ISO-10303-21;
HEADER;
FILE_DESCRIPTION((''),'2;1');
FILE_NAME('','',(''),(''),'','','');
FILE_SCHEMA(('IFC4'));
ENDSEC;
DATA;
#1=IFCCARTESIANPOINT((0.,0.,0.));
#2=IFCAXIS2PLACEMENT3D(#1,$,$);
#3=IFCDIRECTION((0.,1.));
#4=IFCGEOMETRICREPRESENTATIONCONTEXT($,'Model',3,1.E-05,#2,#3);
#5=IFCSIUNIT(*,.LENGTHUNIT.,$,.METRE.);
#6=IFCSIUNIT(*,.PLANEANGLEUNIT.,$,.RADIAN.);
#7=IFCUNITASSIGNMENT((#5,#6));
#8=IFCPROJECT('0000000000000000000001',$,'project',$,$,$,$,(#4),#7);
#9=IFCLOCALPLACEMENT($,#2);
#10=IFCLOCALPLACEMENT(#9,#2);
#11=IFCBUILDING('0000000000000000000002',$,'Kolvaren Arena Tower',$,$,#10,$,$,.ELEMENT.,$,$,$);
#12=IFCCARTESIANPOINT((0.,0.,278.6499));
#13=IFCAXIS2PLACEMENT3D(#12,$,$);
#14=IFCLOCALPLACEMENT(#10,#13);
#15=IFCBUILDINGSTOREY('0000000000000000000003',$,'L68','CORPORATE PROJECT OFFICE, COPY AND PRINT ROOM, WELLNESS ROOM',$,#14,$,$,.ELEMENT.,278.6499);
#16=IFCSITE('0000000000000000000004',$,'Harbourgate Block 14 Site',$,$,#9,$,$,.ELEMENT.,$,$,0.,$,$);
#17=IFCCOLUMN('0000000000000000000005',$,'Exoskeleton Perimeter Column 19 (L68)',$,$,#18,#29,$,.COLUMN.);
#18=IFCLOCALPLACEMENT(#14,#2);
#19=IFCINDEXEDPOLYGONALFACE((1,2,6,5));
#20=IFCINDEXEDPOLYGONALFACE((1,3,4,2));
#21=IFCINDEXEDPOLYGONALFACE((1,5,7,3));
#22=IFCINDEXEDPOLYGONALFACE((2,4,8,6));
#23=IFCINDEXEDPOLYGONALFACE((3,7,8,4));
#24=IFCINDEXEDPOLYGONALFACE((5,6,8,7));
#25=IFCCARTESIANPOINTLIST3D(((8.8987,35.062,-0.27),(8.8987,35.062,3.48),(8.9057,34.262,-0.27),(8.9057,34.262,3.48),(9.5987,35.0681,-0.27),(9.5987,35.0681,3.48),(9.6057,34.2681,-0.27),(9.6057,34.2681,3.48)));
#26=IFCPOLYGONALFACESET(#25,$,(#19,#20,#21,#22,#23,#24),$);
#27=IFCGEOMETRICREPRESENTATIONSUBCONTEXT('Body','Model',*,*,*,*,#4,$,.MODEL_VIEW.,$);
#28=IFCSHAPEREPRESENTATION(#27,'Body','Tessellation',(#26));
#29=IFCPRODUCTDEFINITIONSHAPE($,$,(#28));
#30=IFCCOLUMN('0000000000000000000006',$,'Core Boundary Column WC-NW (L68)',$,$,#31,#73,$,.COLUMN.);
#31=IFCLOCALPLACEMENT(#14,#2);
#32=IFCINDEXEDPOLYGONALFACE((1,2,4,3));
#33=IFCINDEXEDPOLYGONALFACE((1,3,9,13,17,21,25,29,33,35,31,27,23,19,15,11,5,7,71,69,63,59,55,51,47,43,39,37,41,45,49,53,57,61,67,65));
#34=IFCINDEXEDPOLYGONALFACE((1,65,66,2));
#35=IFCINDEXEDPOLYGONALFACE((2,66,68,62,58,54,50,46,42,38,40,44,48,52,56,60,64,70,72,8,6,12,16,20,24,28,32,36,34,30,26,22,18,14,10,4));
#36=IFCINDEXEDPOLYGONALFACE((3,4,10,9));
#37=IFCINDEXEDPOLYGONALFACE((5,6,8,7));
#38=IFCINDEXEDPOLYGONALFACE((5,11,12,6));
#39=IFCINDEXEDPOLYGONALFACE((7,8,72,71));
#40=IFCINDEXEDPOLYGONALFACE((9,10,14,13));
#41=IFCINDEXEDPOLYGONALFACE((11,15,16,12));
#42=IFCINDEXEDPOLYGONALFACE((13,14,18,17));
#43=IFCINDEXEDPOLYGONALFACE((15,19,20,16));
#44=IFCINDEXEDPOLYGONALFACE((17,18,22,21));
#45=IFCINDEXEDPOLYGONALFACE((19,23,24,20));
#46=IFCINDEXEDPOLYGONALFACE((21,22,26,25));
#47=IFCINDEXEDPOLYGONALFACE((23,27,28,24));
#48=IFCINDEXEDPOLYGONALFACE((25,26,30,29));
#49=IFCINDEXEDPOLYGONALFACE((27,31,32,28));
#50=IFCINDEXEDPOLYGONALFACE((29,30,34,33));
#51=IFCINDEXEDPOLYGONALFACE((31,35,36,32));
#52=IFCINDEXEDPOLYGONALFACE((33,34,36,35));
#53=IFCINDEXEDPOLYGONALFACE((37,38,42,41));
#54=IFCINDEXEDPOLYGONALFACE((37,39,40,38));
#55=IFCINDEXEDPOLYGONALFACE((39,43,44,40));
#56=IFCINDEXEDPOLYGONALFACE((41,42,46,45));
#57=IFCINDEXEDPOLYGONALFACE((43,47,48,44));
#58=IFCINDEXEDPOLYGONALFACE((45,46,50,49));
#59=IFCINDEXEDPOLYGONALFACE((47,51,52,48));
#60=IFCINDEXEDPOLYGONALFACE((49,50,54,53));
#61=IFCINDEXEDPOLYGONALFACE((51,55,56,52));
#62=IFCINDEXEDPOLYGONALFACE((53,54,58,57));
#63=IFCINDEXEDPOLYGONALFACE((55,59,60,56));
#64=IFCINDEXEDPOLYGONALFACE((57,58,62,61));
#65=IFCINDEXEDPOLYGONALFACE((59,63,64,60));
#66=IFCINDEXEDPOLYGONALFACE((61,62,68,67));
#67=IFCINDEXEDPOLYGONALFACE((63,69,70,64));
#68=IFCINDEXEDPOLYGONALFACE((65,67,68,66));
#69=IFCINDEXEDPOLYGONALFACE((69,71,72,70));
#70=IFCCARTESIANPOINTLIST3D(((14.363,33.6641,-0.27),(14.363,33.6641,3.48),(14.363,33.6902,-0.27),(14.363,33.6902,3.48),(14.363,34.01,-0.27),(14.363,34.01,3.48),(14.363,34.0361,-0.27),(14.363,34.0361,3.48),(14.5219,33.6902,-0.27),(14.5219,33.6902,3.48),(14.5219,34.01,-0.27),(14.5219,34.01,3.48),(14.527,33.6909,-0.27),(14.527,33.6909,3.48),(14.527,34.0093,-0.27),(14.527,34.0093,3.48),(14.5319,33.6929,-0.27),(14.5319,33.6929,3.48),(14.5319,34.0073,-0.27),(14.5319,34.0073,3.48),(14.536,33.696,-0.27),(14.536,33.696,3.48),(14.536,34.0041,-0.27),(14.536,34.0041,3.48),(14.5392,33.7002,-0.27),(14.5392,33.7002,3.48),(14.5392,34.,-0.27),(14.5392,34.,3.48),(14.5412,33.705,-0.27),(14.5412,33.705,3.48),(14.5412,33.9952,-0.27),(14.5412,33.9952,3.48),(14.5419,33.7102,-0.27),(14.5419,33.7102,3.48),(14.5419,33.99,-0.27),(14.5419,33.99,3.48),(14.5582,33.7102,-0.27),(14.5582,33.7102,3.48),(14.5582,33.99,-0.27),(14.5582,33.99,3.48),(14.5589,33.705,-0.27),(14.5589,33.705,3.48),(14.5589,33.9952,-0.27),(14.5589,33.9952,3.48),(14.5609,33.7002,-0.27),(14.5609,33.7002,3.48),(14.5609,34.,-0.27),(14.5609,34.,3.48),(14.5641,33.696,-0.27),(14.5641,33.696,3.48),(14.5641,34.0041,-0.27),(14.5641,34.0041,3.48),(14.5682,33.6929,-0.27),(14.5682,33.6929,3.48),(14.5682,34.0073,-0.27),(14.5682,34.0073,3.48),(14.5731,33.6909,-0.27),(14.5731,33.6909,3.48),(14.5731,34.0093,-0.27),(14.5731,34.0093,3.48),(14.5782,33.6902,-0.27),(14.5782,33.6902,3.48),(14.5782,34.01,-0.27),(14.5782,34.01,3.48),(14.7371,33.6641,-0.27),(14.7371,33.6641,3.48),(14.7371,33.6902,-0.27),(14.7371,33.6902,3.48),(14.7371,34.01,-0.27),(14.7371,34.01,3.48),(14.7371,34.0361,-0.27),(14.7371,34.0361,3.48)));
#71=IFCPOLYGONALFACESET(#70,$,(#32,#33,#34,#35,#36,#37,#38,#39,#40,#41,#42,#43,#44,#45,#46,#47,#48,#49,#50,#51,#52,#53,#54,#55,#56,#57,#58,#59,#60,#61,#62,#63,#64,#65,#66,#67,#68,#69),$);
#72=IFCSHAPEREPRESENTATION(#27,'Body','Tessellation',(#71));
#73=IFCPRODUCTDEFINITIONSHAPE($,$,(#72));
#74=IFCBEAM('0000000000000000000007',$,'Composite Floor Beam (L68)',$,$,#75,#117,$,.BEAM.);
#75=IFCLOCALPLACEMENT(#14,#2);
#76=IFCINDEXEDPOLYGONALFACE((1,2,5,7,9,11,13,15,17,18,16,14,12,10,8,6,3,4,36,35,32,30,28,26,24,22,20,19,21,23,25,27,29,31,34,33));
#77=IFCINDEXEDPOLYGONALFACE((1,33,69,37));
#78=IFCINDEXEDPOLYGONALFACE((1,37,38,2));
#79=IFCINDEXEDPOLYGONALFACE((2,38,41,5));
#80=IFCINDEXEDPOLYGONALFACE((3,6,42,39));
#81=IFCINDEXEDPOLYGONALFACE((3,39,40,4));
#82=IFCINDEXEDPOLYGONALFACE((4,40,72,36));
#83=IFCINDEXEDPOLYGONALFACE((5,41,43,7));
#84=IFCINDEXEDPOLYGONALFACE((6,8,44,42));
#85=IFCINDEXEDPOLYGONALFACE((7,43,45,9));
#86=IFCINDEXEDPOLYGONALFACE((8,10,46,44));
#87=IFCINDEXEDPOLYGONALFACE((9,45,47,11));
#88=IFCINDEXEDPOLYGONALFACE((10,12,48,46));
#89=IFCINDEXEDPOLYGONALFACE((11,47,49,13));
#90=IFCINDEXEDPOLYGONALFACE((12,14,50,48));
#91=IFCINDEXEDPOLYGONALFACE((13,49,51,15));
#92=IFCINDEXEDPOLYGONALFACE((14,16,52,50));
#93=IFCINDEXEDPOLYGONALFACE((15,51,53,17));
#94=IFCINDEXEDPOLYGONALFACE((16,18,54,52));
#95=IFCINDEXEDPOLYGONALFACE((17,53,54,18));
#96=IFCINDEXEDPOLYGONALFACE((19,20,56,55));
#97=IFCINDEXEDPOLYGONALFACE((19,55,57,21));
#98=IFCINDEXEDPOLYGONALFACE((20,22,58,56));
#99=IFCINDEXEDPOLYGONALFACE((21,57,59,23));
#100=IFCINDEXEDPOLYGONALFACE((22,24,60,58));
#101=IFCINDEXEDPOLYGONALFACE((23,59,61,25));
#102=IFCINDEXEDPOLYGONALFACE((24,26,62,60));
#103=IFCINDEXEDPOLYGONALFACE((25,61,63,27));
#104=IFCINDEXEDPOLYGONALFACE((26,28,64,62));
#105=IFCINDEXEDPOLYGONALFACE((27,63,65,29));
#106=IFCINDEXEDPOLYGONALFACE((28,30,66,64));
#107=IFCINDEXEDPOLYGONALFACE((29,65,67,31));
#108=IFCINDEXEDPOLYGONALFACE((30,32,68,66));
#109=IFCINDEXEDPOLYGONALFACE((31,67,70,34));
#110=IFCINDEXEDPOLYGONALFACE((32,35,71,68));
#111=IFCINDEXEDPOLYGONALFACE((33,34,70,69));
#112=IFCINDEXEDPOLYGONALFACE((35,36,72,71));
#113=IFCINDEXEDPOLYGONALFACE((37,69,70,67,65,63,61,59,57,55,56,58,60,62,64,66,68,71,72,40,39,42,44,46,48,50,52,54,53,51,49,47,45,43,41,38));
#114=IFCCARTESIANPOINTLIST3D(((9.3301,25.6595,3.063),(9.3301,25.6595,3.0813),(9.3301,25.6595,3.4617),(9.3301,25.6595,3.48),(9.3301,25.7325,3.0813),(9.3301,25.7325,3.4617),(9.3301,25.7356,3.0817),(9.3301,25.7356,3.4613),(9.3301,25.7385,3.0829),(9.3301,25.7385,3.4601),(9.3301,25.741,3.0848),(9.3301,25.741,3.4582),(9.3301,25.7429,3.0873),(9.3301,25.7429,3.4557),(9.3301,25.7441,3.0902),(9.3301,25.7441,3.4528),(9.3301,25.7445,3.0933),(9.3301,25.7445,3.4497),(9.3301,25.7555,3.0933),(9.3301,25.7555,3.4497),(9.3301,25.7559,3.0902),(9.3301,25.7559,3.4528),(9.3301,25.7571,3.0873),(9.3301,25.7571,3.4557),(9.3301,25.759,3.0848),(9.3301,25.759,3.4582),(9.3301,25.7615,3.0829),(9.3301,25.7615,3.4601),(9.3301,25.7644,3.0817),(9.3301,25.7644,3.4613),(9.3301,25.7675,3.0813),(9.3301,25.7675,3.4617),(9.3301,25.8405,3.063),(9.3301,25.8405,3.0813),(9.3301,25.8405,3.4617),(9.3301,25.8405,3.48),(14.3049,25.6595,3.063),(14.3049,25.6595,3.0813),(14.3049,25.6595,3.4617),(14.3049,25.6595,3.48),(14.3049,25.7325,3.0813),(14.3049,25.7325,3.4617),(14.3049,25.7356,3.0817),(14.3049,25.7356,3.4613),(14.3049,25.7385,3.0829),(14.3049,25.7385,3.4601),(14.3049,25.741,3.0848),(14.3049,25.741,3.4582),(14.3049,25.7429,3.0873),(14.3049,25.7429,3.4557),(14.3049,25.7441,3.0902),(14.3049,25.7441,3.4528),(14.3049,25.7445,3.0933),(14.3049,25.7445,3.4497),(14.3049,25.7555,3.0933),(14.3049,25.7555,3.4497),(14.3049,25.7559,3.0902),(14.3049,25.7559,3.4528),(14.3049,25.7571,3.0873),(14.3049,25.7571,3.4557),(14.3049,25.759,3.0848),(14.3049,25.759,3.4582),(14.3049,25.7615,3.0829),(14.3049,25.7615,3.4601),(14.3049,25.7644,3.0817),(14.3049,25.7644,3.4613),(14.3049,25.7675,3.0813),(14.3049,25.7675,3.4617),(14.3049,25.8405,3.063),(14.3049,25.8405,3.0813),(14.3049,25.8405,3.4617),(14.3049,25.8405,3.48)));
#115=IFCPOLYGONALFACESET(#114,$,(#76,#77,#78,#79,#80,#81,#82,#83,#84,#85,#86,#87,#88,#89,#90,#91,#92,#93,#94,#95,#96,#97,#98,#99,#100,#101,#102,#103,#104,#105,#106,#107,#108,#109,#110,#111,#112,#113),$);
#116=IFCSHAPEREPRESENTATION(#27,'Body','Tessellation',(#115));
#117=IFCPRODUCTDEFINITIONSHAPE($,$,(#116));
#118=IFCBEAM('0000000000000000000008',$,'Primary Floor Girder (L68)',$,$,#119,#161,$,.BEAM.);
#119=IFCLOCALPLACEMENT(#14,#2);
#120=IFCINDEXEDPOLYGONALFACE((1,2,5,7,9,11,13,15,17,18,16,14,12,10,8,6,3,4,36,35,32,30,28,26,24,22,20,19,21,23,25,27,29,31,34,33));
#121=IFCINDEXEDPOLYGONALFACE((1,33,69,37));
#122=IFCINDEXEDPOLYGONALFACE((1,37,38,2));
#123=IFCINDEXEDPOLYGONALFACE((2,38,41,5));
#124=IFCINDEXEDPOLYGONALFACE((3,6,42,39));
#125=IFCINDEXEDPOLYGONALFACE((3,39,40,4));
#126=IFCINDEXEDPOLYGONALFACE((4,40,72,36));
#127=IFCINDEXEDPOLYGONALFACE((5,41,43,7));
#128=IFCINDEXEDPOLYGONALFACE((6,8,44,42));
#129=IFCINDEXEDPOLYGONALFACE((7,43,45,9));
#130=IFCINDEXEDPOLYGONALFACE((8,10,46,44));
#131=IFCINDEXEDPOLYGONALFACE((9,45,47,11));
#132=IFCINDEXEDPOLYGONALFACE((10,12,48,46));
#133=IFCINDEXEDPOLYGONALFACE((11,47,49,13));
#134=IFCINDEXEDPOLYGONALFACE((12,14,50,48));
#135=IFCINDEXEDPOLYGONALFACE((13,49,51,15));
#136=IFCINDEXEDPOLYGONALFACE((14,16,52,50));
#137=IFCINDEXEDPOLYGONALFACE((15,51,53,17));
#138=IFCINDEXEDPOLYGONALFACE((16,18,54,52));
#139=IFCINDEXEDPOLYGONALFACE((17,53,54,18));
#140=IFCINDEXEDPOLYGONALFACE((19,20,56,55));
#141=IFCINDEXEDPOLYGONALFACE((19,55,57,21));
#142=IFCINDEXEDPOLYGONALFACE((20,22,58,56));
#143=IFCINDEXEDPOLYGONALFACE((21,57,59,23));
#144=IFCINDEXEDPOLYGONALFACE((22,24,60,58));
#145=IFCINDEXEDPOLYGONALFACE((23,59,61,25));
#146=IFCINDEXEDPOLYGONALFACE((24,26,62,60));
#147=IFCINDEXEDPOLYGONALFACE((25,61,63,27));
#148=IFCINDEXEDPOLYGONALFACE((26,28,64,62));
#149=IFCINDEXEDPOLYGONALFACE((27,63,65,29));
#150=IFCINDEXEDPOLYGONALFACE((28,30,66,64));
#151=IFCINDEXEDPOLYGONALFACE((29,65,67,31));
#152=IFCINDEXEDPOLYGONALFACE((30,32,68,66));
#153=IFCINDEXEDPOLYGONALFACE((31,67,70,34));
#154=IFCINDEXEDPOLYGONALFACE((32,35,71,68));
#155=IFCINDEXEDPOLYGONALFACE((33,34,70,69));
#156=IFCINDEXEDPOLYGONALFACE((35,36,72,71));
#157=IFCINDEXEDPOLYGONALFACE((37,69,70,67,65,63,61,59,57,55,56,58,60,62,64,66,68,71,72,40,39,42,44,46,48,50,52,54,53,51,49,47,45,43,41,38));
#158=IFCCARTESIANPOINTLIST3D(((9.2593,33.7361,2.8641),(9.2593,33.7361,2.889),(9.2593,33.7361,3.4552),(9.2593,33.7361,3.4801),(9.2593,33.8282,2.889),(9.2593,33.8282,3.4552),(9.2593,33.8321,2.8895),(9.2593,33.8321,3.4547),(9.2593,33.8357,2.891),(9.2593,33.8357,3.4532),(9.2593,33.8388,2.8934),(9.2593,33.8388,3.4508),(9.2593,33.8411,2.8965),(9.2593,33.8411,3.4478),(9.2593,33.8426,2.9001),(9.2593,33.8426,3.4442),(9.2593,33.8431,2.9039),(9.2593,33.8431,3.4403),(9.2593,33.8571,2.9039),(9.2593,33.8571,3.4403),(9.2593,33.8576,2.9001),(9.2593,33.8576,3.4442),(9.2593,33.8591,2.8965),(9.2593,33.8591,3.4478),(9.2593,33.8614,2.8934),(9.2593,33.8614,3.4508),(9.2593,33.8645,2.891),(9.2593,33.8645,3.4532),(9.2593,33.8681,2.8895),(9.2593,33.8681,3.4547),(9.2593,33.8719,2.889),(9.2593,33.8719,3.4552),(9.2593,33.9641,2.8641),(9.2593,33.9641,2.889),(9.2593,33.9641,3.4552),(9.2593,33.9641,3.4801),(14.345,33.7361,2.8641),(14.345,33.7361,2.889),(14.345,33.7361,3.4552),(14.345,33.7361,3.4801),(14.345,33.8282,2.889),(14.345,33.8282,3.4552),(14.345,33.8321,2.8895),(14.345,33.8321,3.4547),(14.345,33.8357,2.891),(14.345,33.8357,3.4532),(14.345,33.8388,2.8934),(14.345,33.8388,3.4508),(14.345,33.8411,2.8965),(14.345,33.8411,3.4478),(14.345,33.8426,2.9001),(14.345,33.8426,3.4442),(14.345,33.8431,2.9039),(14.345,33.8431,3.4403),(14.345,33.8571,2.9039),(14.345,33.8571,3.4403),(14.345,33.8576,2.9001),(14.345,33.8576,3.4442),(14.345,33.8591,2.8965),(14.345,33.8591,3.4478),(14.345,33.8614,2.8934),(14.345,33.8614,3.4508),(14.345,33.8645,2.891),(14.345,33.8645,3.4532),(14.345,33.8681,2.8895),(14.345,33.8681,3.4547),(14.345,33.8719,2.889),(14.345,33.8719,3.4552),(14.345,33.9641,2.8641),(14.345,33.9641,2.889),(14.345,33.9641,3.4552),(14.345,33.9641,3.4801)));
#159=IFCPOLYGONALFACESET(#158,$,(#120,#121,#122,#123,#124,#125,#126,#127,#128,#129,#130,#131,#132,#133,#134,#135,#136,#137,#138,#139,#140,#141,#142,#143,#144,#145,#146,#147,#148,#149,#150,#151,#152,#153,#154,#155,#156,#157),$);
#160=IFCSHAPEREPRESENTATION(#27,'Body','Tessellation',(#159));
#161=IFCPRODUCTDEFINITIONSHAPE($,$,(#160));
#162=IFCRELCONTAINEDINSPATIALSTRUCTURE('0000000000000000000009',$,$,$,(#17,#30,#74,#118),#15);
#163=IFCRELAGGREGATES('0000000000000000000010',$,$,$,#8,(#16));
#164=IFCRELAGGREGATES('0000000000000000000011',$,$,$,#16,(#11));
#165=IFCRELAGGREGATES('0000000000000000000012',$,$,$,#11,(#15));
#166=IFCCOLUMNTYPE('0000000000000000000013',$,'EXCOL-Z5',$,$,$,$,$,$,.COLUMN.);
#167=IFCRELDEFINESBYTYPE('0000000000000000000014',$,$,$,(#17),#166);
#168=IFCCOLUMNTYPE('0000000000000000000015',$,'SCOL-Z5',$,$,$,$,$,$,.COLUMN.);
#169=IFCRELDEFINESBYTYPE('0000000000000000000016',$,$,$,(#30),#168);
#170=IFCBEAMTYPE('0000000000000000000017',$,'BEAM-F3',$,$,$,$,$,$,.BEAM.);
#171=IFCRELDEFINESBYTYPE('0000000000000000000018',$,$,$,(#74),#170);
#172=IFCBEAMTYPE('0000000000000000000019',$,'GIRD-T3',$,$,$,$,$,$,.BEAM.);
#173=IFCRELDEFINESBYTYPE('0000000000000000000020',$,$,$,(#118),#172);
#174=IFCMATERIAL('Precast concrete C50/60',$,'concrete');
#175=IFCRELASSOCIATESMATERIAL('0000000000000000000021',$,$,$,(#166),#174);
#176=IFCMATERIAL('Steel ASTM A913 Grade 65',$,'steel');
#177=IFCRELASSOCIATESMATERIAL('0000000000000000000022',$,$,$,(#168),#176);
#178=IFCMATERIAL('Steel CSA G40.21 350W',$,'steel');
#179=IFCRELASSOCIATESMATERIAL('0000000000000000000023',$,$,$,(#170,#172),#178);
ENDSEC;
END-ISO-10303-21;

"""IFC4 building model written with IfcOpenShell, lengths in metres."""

from ifc_helpers import new_model, si_unit, direction, frame, origin, origin_2d, place, context, subcontext, project, spatial, rectangle, i_section, extrude, material, material_profile, profile_set, type_object, element, save


model = new_model("IFC4")

# Units and contexts
model_context = context("Model", 3, precision=1e-05, world=origin(), true_north=direction((0.0, 1.0)))
body_context = subcontext(model_context, "Body", "Model", "MODEL_VIEW")
ifc_project = project(units=[si_unit("LENGTHUNIT", "METRE"), si_unit("PLANEANGLEUNIT", "RADIAN")], contexts=[model_context])

# Site, building, storey
site_placement = place(None, origin())
site = spatial("IfcSite", under=ifc_project, at=site_placement, Name="Harbourgate Block 14 Site", CompositionType="ELEMENT", RefElevation=0.0)
building_placement = place(site_placement, origin())
building = spatial("IfcBuilding", under=site, at=building_placement, Name="Kolvaren Arena Tower", CompositionType="ELEMENT")
storey_placement = place(building_placement, frame((0.0, 0.0, 278.6499)))
storey = spatial("IfcBuildingStorey", under=building, at=storey_placement, Name="L68", Description="CORPORATE PROJECT OFFICE, COPY AND PRINT ROOM, WELLNESS ROOM", CompositionType="ELEMENT", Elevation=278.6499)

# Columns
ifc_material_1 = material(Name="Precast concrete C50/60", Category="concrete")
ifc_material_profile_1 = material_profile(ifc_material_1, rectangle(XDim=0.8, YDim=0.7, at=origin_2d()), Name="RC-800x700")
ifc_profile_set_1 = profile_set([ifc_material_profile_1], Name="Precast concrete C50/60")
column_type_1 = type_object("IfcColumnType", Name="EXCOL-Z5", PredefinedType="COLUMN", material=ifc_profile_set_1)
column_1_placement = place(storey_placement, frame((9.2522, 34.665, -0.27), z_axis=(0.0, 0.0, 1.0), x_axis=(-0.008727, 0.999962, 0.0)))
element("IfcColumn", 1, at=column_1_placement, inside=storey, type_object=column_type_1, Name="Exoskeleton Perimeter Column 19 (L68)", PredefinedType="COLUMN", context=body_context, shape_type="SweptSolid", body=[
    extrude(rectangle(XDim=0.8, YDim=0.7, at=origin_2d()), origin(), (0.0, 0.0, 1.0), 3.75),
])
ifc_material_2 = material(Name="Steel ASTM A913 Grade 65", Category="steel")
ifc_material_profile_2 = material_profile(ifc_material_2, i_section(OverallWidth=0.374, OverallDepth=0.3721, WebThickness=0.0164, FlangeThickness=0.0261, FilletRadius=0.02, at=origin_2d()), Name="W360x196")
ifc_profile_set_2 = profile_set([ifc_material_profile_2], Name="Steel ASTM A913 Grade 65")
column_type_2 = type_object("IfcColumnType", Name="SCOL-Z5", PredefinedType="COLUMN", material=ifc_profile_set_2)
column_2_placement = place(storey_placement, frame((14.55, 33.8501, -0.27), z_axis=(0.0, 0.0, 1.0), x_axis=(1.0, 0.0, 0.0)))
element("IfcColumn", 2, at=column_2_placement, inside=storey, type_object=column_type_2, Name="Core Boundary Column WC-NW (L68)", PredefinedType="COLUMN", context=body_context, shape_type="SweptSolid", body=[
    extrude(i_section(OverallWidth=0.374, OverallDepth=0.3721, WebThickness=0.0164, FlangeThickness=0.0261, FilletRadius=0.02, at=origin_2d()), origin(), (0.0, 0.0, 1.0), 3.75),
])

# Beams
ifc_material_3 = material(Name="Steel CSA G40.21 350W", Category="steel")
ifc_material_profile_3 = material_profile(ifc_material_3, i_section(OverallWidth=0.1809, OverallDepth=0.417, WebThickness=0.011, FlangeThickness=0.0183, FilletRadius=0.012, at=origin_2d()), Name="W410x85")
ifc_profile_set_3 = profile_set([ifc_material_profile_3], Name="Steel CSA G40.21 350W")
beam_type_1 = type_object("IfcBeamType", Name="BEAM-F3", PredefinedType="BEAM", material=ifc_profile_set_3)
beam_1_placement = place(storey_placement, frame((9.3301, 25.75, 3.2715), z_axis=(1.0, 0.0, 0.0), x_axis=(0.0, 1.0, 0.0)))
element("IfcBeam", 3, at=beam_1_placement, inside=storey, type_object=beam_type_1, Name="Composite Floor Beam (L68)", PredefinedType="BEAM", context=body_context, shape_type="SweptSolid", body=[
    extrude(i_section(OverallWidth=0.1809, OverallDepth=0.417, WebThickness=0.011, FlangeThickness=0.0183, FilletRadius=0.012, at=origin_2d()), origin(), (0.0, 0.0, 1.0), 4.9749),
])
ifc_material_profile_4 = material_profile(ifc_material_3, i_section(OverallWidth=0.228, OverallDepth=0.616, WebThickness=0.0139, FlangeThickness=0.0249, FilletRadius=0.0149, at=origin_2d()), Name="W610x174")
ifc_profile_set_4 = profile_set([ifc_material_profile_4], Name="Steel CSA G40.21 350W")
beam_type_2 = type_object("IfcBeamType", Name="GIRD-T3", PredefinedType="BEAM", material=ifc_profile_set_4)
beam_2_placement = place(storey_placement, frame((9.2593, 33.8501, 3.1721), z_axis=(1.0, 0.0, 0.0), x_axis=(0.0, 1.0, 0.0)))
element("IfcBeam", 4, at=beam_2_placement, inside=storey, type_object=beam_type_2, Name="Primary Floor Girder (L68)", PredefinedType="BEAM", context=body_context, shape_type="SweptSolid", body=[
    extrude(i_section(OverallWidth=0.228, OverallDepth=0.616, WebThickness=0.0139, FlangeThickness=0.0249, FilletRadius=0.0149, at=origin_2d()), origin(), (0.0, 0.0, 1.0), 5.0857),
])

save(model, "model.ifc")
